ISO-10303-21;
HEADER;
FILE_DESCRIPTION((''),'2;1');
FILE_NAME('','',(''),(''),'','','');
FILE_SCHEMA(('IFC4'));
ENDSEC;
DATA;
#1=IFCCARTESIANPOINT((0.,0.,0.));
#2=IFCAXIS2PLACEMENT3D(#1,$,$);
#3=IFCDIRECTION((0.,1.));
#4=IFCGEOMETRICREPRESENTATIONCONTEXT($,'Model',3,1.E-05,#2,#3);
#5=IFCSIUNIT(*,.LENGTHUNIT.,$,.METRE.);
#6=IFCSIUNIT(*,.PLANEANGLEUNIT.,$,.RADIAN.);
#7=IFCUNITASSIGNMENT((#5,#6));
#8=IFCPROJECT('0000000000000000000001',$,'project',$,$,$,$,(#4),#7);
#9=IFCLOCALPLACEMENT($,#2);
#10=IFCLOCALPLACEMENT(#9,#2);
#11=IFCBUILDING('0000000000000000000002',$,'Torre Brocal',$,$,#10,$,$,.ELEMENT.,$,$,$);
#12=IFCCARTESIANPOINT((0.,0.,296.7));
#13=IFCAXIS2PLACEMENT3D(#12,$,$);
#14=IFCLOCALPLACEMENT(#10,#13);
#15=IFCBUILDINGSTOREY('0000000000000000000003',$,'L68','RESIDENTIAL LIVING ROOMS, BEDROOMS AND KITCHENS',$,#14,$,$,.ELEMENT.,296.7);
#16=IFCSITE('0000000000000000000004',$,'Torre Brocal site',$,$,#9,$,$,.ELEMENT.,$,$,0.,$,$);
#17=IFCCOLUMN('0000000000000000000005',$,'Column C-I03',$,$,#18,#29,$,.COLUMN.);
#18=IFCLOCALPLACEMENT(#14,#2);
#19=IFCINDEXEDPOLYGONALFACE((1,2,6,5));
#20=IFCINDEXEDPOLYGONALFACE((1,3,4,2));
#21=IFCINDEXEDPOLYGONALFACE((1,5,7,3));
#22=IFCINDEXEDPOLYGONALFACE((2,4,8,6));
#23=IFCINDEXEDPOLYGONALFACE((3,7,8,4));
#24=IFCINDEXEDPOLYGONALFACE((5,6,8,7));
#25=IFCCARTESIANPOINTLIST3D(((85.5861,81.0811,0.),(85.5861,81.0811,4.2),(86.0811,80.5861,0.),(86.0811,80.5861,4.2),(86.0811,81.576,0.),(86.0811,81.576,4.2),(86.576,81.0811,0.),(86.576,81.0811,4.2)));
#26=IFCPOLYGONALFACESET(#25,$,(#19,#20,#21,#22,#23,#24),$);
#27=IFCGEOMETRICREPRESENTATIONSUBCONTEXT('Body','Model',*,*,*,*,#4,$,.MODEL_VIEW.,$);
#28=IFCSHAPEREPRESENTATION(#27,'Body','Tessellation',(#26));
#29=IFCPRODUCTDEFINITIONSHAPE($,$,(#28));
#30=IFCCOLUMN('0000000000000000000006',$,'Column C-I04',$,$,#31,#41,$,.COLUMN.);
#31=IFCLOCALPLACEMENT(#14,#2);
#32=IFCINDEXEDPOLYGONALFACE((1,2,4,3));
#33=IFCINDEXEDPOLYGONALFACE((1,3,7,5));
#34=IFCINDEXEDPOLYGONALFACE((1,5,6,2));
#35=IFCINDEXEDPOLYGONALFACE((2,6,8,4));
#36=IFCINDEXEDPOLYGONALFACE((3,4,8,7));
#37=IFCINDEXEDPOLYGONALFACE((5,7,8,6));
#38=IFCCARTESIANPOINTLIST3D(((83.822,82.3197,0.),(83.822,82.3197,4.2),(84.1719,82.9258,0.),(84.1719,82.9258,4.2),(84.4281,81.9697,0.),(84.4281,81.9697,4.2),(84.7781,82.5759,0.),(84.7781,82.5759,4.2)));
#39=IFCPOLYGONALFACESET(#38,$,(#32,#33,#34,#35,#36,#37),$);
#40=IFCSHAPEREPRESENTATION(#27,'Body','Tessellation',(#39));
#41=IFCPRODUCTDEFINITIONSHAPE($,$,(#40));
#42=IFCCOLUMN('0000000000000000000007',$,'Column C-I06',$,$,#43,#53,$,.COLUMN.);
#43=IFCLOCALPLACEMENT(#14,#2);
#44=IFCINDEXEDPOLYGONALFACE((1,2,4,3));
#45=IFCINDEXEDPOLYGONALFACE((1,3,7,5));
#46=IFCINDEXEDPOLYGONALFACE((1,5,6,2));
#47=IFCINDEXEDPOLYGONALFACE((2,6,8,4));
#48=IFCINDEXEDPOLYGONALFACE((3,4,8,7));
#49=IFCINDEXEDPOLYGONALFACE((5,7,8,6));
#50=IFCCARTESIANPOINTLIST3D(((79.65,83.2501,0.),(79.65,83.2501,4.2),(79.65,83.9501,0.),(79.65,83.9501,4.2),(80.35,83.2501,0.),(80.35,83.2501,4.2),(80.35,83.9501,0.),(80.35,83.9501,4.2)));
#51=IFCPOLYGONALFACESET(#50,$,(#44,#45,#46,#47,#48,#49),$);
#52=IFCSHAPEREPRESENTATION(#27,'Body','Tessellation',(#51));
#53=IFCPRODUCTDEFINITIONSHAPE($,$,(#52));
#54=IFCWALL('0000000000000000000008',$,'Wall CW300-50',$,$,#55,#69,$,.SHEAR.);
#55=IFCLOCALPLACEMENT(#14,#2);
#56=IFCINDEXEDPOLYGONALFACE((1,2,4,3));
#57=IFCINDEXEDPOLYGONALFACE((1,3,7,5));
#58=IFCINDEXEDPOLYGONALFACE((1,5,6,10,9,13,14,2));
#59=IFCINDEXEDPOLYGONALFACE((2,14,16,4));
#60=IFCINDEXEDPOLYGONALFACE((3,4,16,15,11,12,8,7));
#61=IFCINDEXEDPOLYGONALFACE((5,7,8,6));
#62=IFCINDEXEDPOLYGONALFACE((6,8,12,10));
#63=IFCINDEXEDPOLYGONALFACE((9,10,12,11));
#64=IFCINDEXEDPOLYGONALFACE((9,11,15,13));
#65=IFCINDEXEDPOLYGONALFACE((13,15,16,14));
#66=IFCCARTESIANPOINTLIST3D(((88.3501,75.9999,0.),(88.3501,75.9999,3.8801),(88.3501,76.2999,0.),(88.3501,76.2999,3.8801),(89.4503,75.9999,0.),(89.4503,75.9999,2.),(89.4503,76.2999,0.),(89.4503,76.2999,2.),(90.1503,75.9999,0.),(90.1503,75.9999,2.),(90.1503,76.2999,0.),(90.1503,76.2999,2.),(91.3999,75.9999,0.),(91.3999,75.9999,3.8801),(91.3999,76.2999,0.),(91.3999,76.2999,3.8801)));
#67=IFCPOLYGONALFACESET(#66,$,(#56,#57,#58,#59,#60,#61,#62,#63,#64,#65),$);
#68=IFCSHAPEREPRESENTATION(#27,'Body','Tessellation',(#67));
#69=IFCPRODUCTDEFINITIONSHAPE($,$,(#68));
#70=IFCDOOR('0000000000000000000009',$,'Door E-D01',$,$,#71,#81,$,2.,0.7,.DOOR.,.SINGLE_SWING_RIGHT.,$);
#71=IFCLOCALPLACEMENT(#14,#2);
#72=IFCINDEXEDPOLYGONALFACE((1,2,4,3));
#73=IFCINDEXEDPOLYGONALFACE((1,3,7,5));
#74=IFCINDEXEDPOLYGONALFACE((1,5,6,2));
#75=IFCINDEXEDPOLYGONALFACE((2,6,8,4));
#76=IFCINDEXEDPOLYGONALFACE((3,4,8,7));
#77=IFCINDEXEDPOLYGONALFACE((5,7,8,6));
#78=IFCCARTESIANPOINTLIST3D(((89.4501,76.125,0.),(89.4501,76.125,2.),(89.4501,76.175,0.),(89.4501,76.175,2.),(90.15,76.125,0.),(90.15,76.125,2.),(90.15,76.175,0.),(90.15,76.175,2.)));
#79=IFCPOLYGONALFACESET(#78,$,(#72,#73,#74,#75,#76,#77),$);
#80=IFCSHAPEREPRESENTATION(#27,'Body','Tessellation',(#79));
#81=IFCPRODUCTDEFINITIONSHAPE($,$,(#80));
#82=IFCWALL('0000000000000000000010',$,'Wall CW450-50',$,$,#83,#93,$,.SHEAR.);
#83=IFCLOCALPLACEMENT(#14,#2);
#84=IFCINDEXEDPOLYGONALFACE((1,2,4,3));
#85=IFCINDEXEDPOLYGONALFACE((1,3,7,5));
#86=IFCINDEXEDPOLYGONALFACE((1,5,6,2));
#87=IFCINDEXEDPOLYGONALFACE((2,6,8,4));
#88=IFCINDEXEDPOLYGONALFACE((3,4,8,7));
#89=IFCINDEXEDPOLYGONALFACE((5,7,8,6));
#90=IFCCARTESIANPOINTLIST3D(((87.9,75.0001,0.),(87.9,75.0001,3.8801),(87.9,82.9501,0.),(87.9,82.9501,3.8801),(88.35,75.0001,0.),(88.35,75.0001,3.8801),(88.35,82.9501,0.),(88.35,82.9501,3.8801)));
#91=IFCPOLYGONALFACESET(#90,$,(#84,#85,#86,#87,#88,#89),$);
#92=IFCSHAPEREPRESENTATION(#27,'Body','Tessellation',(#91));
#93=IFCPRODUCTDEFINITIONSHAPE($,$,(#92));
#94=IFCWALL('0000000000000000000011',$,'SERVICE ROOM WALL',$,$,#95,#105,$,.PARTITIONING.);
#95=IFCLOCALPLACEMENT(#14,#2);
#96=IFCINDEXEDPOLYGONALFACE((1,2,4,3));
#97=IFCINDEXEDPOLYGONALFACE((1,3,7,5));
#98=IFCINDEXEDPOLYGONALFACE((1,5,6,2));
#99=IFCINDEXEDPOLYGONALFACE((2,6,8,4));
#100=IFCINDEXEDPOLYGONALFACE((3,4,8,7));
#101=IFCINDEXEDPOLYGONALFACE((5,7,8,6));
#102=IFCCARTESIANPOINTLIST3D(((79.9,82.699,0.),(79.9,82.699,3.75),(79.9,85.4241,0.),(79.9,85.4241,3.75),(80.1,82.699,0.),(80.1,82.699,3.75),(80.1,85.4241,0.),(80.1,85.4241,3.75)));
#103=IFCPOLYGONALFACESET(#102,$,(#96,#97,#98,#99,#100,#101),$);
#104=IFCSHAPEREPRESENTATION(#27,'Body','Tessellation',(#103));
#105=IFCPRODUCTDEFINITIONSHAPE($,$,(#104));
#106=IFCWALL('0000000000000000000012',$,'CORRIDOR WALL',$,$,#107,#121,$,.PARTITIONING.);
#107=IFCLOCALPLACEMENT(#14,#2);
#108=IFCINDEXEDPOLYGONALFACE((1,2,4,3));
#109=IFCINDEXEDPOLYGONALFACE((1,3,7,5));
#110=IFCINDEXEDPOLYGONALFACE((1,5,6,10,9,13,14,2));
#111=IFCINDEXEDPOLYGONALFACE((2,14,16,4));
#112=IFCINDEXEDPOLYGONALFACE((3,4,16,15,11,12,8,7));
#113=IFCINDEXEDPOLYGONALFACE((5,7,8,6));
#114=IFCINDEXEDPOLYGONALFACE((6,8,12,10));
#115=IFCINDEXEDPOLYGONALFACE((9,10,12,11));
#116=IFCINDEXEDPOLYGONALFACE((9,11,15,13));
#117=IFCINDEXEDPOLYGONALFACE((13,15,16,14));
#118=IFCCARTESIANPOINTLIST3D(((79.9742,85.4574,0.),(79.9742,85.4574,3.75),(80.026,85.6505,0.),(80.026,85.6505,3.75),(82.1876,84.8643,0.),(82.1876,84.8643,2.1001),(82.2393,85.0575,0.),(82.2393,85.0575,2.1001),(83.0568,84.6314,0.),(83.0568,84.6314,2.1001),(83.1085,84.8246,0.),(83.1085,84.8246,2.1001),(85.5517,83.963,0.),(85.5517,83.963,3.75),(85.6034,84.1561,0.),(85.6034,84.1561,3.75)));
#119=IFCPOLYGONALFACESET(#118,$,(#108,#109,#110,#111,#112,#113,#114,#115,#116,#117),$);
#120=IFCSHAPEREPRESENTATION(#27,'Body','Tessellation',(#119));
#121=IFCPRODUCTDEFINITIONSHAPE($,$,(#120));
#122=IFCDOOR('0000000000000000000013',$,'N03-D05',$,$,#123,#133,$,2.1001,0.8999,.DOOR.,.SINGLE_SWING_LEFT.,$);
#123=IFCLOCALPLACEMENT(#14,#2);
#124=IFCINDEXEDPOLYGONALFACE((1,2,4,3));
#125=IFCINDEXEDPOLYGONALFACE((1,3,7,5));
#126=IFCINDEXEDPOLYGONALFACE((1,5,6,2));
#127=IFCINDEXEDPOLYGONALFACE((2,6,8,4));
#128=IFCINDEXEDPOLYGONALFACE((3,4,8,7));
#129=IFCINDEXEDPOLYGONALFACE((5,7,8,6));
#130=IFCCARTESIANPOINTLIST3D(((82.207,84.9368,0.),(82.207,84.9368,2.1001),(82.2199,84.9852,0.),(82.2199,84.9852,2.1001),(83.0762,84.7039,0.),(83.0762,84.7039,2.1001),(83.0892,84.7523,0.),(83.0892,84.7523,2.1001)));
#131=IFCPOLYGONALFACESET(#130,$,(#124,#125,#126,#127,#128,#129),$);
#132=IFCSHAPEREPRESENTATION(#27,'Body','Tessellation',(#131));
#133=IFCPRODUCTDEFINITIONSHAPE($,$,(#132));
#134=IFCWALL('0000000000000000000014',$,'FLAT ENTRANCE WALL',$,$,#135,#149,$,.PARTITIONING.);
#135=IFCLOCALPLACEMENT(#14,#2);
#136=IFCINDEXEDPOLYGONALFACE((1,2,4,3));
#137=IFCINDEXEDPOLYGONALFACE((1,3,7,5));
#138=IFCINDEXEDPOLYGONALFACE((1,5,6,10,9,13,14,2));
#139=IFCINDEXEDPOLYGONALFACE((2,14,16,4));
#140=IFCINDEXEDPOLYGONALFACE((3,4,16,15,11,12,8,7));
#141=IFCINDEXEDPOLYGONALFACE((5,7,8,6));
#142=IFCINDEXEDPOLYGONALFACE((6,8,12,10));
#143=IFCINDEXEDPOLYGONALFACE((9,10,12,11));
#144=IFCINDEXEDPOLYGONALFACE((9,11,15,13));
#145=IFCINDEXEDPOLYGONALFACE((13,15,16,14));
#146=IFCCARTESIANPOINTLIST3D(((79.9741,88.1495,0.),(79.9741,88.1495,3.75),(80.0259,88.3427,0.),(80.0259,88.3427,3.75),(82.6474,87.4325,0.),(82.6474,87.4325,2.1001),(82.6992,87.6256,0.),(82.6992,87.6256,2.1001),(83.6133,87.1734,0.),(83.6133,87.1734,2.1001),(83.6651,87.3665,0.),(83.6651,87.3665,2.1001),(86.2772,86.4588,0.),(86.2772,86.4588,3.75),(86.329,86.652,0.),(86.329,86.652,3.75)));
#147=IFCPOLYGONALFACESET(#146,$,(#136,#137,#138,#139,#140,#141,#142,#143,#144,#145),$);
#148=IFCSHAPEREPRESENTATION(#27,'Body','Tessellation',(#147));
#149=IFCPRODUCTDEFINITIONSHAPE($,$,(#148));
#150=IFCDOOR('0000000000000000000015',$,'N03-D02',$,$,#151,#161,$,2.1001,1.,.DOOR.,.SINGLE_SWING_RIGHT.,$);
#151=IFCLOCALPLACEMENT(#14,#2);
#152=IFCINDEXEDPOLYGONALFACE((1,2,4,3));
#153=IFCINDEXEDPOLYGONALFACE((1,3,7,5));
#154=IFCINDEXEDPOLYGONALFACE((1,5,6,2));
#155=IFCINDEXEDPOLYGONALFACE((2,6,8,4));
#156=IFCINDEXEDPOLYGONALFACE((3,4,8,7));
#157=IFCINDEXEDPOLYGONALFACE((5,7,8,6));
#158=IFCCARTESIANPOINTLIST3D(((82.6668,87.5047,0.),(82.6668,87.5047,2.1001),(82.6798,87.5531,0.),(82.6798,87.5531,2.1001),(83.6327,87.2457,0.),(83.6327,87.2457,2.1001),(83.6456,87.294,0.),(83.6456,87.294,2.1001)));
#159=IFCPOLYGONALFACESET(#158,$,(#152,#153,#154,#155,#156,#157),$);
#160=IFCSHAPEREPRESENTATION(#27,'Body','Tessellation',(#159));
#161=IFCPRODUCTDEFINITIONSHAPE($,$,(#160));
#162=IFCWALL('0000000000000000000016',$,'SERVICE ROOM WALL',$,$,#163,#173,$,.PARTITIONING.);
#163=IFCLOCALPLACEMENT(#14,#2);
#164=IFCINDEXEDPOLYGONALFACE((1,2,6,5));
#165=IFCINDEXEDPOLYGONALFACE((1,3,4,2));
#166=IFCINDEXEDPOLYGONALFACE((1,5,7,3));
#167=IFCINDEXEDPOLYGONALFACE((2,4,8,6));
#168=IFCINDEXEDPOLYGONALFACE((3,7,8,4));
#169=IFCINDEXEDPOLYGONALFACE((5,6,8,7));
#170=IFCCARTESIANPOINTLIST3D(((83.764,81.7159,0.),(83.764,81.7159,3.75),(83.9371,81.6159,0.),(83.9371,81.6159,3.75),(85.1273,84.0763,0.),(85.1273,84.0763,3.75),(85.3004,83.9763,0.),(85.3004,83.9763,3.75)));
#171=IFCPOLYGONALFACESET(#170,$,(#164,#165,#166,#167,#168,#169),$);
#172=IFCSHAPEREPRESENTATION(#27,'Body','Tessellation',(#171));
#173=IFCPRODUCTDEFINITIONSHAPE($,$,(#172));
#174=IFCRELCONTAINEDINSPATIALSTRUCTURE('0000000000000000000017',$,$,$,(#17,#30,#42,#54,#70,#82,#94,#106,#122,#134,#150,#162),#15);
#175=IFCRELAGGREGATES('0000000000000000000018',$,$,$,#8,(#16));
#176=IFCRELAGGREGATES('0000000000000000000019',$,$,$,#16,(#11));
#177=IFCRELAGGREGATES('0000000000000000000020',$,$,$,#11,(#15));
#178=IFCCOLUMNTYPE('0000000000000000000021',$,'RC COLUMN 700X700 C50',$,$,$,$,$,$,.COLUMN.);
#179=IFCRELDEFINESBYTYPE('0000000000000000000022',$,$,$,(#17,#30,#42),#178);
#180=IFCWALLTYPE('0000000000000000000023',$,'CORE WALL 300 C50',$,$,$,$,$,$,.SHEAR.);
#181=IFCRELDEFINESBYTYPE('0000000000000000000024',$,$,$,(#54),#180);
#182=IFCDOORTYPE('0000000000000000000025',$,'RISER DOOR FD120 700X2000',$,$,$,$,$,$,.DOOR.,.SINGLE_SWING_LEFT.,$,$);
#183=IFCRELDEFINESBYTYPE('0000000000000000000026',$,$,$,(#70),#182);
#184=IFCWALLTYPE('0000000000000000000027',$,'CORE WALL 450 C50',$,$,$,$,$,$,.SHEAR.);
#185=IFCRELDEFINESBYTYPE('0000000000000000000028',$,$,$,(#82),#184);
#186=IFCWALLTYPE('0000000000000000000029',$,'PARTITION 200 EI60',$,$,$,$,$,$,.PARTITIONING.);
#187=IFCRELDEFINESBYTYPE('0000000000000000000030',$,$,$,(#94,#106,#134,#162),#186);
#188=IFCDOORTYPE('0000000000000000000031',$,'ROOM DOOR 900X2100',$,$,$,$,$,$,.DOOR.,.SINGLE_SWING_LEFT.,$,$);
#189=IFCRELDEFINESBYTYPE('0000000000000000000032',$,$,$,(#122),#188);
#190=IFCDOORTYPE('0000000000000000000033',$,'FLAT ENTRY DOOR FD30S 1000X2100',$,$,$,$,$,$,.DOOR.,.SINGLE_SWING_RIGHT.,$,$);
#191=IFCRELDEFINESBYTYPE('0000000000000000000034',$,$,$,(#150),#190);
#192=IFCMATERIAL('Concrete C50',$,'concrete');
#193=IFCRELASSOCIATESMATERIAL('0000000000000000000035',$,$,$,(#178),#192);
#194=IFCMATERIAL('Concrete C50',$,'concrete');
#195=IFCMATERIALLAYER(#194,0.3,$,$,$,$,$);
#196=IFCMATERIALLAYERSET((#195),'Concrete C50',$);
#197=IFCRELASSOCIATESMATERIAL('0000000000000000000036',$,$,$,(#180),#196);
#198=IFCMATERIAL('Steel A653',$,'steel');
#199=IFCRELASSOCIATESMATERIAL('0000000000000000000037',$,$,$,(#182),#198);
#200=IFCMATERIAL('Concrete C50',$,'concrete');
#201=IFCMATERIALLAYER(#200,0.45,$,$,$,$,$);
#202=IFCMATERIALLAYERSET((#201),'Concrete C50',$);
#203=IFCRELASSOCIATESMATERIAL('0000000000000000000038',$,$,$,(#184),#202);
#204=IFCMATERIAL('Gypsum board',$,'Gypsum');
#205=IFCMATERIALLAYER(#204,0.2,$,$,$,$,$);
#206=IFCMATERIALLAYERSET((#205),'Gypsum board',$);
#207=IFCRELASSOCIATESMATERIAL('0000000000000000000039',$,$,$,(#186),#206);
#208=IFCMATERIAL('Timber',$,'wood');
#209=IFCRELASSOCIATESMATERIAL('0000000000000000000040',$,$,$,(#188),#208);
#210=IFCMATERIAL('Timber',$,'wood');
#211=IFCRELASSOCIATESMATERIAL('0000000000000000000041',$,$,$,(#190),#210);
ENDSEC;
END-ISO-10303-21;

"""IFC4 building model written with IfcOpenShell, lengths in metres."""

from ifc_helpers import new_model, si_unit, direction, frame, frame_2d, origin, origin_2d, place, context, subcontext, project, spatial, rectangle, extrude, material, layer, layer_set, material_profile, profile_set, type_object, element, fill, save


model = new_model("IFC4")

# Units and contexts
model_context = context("Model", 3, precision=1e-05, world=origin(), true_north=direction((0.0, 1.0)))
body_context = subcontext(model_context, "Body", "Model", "MODEL_VIEW")
ifc_project = project(units=[si_unit("LENGTHUNIT", "METRE"), si_unit("PLANEANGLEUNIT", "RADIAN")], contexts=[model_context])

# Site, building, storey
site_placement = place(None, origin())
site = spatial("IfcSite", under=ifc_project, at=site_placement, Name="Torre Brocal site", CompositionType="ELEMENT", RefElevation=0.0)
building_placement = place(site_placement, origin())
building = spatial("IfcBuilding", under=site, at=building_placement, Name="Torre Brocal", CompositionType="ELEMENT")
storey_placement = place(building_placement, frame((0.0, 0.0, 296.7)))
storey = spatial("IfcBuildingStorey", under=building, at=storey_placement, Name="L68", Description="RESIDENTIAL LIVING ROOMS, BEDROOMS AND KITCHENS", CompositionType="ELEMENT", Elevation=296.7)

# Columns
ifc_material_1 = material(Name="Concrete C50", Category="concrete")
ifc_material_profile = material_profile(ifc_material_1, rectangle(XDim=0.7, YDim=0.7, at=origin_2d()), Name="RC 700X700")
ifc_profile_set = profile_set([ifc_material_profile], Name="Concrete C50")
column_type = type_object("IfcColumnType", Name="RC COLUMN 700X700 C50", PredefinedType="COLUMN", material=ifc_profile_set)
for number, where, z_axis, x_axis, name in (
    (1, (86.0811, 81.0811, 0.0), (0.0, 0.0, 1.0), (0.707107, 0.707107, 0.0), "Column C-I03"),
    (2, (84.3, 82.4478, 0.0), (0.0, 0.0, 1.0), (0.5, 0.866025, 0.0), "Column C-I04"),
    (3, (80.0, 83.6001, 0.0), (0.0, 0.0, 1.0), (0.0, 1.0, 0.0), "Column C-I06"),
):
    element("IfcColumn", number, at=place(storey_placement, frame(where, z_axis=z_axis, x_axis=x_axis)), inside=storey, type_object=column_type, Name=name, PredefinedType="COLUMN", context=body_context, shape_type="SweptSolid", body=[
        extrude(rectangle(XDim=0.7, YDim=0.7, at=origin_2d()), origin(), (0.0, 0.0, 1.0), 4.2),
    ])

# Wall, opening, door
ifc_material_2 = material(Name="Concrete C50", Category="concrete")
ifc_layer_1 = layer(ifc_material_2, 0.3)
ifc_layer_set_1 = layer_set([ifc_layer_1], Name="Concrete C50")
wall_type_1 = type_object("IfcWallType", Name="CORE WALL 300 C50", PredefinedType="SHEAR", material=ifc_layer_set_1)
wall_1_placement = place(storey_placement, frame((88.3501, 76.1499, 0.0), z_axis=(0.0, 0.0, 1.0), x_axis=(1.0, 0.0, 0.0)))
wall_1 = element("IfcWall", 4, at=wall_1_placement, inside=storey, type_object=wall_type_1, Name="Wall CW300-50", PredefinedType="SHEAR", context=body_context, shape_type="SweptSolid", body=[
    extrude(rectangle(XDim=3.0498, YDim=0.3, at=frame_2d((1.5249, 0.0))), origin(), (0.0, 0.0, 1.0), 3.8801),
])
opening_1_placement = place(wall_1_placement, frame((1.1001, 0.0, 0.0)))
opening_1 = element("IfcOpeningElement", 5, at=opening_1_placement, cuts=wall_1, PredefinedType="OPENING", context=body_context, shape_type="SweptSolid", body=[
    extrude(rectangle(XDim=0.7, YDim=2.0, at=frame_2d((0.3501, 1.0))), frame((0.0, 0.1599, 0.0), z_axis=(0.0, -1.0, 0.0), x_axis=(1.0, 0.0, 0.0)), (0.0, 0.0, 1.0), 0.3201),
])
ifc_material_3 = material(Name="Steel A653", Category="steel")
door_type_1 = type_object("IfcDoorType", Name="RISER DOOR FD120 700X2000", OperationType="SINGLE_SWING_LEFT", PredefinedType="DOOR", material=ifc_material_3)
door_1_placement = place(opening_1_placement, frame((0.7, 0.0, 0.0), z_axis=(0.0, 0.0, 1.0), x_axis=(-1.0, 0.0, 0.0)))
door_1 = element("IfcDoor", 6, at=door_1_placement, inside=storey, type_object=door_type_1, Name="Door E-D01", OperationType="SINGLE_SWING_RIGHT", OverallHeight=2.0, OverallWidth=0.7, PredefinedType="DOOR", context=body_context, shape_type="SweptSolid", body=[
    extrude(rectangle(XDim=0.7, YDim=2.0, at=frame_2d((0.3501, 1.0))), frame((0.0, 0.0249, 0.0), z_axis=(0.0, -1.0, 0.0), x_axis=(1.0, 0.0, 0.0)), (0.0, 0.0, 1.0), 0.05),
])
fill(opening_1, door_1)
ifc_material_4 = material(Name="Concrete C50", Category="concrete")
ifc_layer_2 = layer(ifc_material_4, 0.45)
ifc_layer_set_2 = layer_set([ifc_layer_2], Name="Concrete C50")
wall_type_2 = type_object("IfcWallType", Name="CORE WALL 450 C50", PredefinedType="SHEAR", material=ifc_layer_set_2)

# Walls
wall_2_placement = place(storey_placement, frame((88.125, 75.0, 0.0), z_axis=(0.0, 0.0, 1.0), x_axis=(0.0, 1.0, 0.0)))
element("IfcWall", 7, at=wall_2_placement, inside=storey, type_object=wall_type_2, Name="Wall CW450-50", PredefinedType="SHEAR", context=body_context, shape_type="SweptSolid", body=[
    extrude(rectangle(XDim=7.95, YDim=0.45, at=frame_2d((3.9751, 0.0))), origin(), (0.0, 0.0, 1.0), 3.8801),
])
ifc_material_5 = material(Name="Gypsum board", Category="Gypsum")
ifc_layer_3 = layer(ifc_material_5, 0.2)
ifc_layer_set_3 = layer_set([ifc_layer_3], Name="Gypsum board")
wall_type_3 = type_object("IfcWallType", Name="PARTITION 200 EI60", PredefinedType="PARTITIONING", material=ifc_layer_set_3)
wall_3_placement = place(storey_placement, frame((80.0, 82.699, 0.0), z_axis=(0.0, 0.0, 1.0), x_axis=(0.0, 1.0, 0.0)))
element("IfcWall", 8, at=wall_3_placement, inside=storey, type_object=wall_type_3, Name="SERVICE ROOM WALL", PredefinedType="PARTITIONING", context=body_context, shape_type="SweptSolid", body=[
    extrude(rectangle(XDim=2.7251, YDim=0.2, at=frame_2d((1.3625, 0.0))), origin(), (0.0, 0.0, 1.0), 3.75),
])

# Walls, openings, doors
wall_4_placement = place(storey_placement, frame((80.0, 85.554, 0.0), z_axis=(0.0, 0.0, 1.0), x_axis=(0.965929, -0.258807, 0.0)))
wall_4 = element("IfcWall", 9, at=wall_4_placement, inside=storey, type_object=wall_type_3, Name="CORRIDOR WALL", PredefinedType="PARTITIONING", context=body_context, shape_type="SweptSolid", body=[
    extrude(rectangle(XDim=5.7742, YDim=0.2, at=frame_2d((2.8872, 0.0))), origin(), (0.0, 0.0, 1.0), 3.75),
])
opening_2_placement = place(wall_4_placement, frame((2.2915, 0.0, 0.0)))
opening_2 = element("IfcOpeningElement", 10, at=opening_2_placement, cuts=wall_4, PredefinedType="OPENING", context=body_context, shape_type="SweptSolid", body=[
    extrude(rectangle(XDim=0.8999, YDim=2.1001, at=frame_2d((0.45, 1.05))), frame((0.0, 0.1099, 0.0), z_axis=(0.0, -1.0, 0.0), x_axis=(1.0, 0.0, 0.0)), (0.0, 0.0, 1.0), 0.22),
])
ifc_material_6 = material(Name="Timber", Category="wood")
door_type_2 = type_object("IfcDoorType", Name="ROOM DOOR 900X2100", OperationType="SINGLE_SWING_LEFT", PredefinedType="DOOR", material=ifc_material_6)
door_2_placement = place(opening_2_placement, frame((0.8999, 0.0, 0.0), z_axis=(0.0, 0.0, 1.0), x_axis=(-1.0, 0.0, 0.0)))
door_2 = element("IfcDoor", 11, at=door_2_placement, inside=storey, type_object=door_type_2, Name="N03-D05", OperationType="SINGLE_SWING_LEFT", OverallHeight=2.1001, OverallWidth=0.8999, PredefinedType="DOOR", context=body_context, shape_type="SweptSolid", body=[
    extrude(rectangle(XDim=0.8999, YDim=2.1001, at=frame_2d((0.45, 1.05))), frame((0.0, 0.0249, 0.0), z_axis=(0.0, -1.0, 0.0), x_axis=(1.0, 0.0, 0.0)), (0.0, 0.0, 1.0), 0.05),
])
fill(opening_2, door_2)
wall_5_placement = place(storey_placement, frame((80.0, 88.2461, 0.0), z_axis=(0.0, 0.0, 1.0), x_axis=(0.965857, -0.259076, 0.0)))
wall_5 = element("IfcWall", 12, at=wall_5_placement, inside=storey, type_object=wall_type_3, Name="FLAT ENTRANCE WALL", PredefinedType="PARTITIONING", context=body_context, shape_type="SweptSolid", body=[
    extrude(rectangle(XDim=6.5259, YDim=0.2, at=frame_2d((3.2629, 0.0))), origin(), (0.0, 0.0, 1.0), 3.75),
])
opening_3_placement = place(wall_5_placement, frame((2.7678, 0.0, 0.0)))
opening_3 = element("IfcOpeningElement", 13, at=opening_3_placement, cuts=wall_5, PredefinedType="OPENING", context=body_context, shape_type="SweptSolid", body=[
    extrude(rectangle(XDim=1.0, YDim=2.1001, at=frame_2d((0.5, 1.05))), frame((0.0, 0.1099, 0.0), z_axis=(0.0, -1.0, 0.0), x_axis=(1.0, 0.0, 0.0)), (0.0, 0.0, 1.0), 0.22),
])
ifc_material_7 = material(Name="Timber", Category="wood")
door_type_3 = type_object("IfcDoorType", Name="FLAT ENTRY DOOR FD30S 1000X2100", OperationType="SINGLE_SWING_RIGHT", PredefinedType="DOOR", material=ifc_material_7)
door_3_placement = place(opening_3_placement, origin())
door_3 = element("IfcDoor", 14, at=door_3_placement, inside=storey, type_object=door_type_3, Name="N03-D02", OperationType="SINGLE_SWING_RIGHT", OverallHeight=2.1001, OverallWidth=1.0, PredefinedType="DOOR", context=body_context, shape_type="SweptSolid", body=[
    extrude(rectangle(XDim=1.0, YDim=2.1001, at=frame_2d((0.5, 1.05))), frame((0.0, 0.0249, 0.0), z_axis=(0.0, -1.0, 0.0), x_axis=(1.0, 0.0, 0.0)), (0.0, 0.0, 1.0), 0.05),
])
fill(opening_3, door_3)

# Wall
wall_6_placement = place(storey_placement, frame((83.8506, 81.666, 0.0), z_axis=(0.0, 0.0, 1.0), x_axis=(0.500146, 0.865941, 0.0)))
element("IfcWall", 15, at=wall_6_placement, inside=storey, type_object=wall_type_3, Name="SERVICE ROOM WALL", PredefinedType="PARTITIONING", context=body_context, shape_type="SweptSolid", body=[
    extrude(rectangle(XDim=2.7258, YDim=0.2, at=frame_2d((1.3628, 0.0))), origin(), (0.0, 0.0, 1.0), 3.75),
])

save(model, "model.ifc")
